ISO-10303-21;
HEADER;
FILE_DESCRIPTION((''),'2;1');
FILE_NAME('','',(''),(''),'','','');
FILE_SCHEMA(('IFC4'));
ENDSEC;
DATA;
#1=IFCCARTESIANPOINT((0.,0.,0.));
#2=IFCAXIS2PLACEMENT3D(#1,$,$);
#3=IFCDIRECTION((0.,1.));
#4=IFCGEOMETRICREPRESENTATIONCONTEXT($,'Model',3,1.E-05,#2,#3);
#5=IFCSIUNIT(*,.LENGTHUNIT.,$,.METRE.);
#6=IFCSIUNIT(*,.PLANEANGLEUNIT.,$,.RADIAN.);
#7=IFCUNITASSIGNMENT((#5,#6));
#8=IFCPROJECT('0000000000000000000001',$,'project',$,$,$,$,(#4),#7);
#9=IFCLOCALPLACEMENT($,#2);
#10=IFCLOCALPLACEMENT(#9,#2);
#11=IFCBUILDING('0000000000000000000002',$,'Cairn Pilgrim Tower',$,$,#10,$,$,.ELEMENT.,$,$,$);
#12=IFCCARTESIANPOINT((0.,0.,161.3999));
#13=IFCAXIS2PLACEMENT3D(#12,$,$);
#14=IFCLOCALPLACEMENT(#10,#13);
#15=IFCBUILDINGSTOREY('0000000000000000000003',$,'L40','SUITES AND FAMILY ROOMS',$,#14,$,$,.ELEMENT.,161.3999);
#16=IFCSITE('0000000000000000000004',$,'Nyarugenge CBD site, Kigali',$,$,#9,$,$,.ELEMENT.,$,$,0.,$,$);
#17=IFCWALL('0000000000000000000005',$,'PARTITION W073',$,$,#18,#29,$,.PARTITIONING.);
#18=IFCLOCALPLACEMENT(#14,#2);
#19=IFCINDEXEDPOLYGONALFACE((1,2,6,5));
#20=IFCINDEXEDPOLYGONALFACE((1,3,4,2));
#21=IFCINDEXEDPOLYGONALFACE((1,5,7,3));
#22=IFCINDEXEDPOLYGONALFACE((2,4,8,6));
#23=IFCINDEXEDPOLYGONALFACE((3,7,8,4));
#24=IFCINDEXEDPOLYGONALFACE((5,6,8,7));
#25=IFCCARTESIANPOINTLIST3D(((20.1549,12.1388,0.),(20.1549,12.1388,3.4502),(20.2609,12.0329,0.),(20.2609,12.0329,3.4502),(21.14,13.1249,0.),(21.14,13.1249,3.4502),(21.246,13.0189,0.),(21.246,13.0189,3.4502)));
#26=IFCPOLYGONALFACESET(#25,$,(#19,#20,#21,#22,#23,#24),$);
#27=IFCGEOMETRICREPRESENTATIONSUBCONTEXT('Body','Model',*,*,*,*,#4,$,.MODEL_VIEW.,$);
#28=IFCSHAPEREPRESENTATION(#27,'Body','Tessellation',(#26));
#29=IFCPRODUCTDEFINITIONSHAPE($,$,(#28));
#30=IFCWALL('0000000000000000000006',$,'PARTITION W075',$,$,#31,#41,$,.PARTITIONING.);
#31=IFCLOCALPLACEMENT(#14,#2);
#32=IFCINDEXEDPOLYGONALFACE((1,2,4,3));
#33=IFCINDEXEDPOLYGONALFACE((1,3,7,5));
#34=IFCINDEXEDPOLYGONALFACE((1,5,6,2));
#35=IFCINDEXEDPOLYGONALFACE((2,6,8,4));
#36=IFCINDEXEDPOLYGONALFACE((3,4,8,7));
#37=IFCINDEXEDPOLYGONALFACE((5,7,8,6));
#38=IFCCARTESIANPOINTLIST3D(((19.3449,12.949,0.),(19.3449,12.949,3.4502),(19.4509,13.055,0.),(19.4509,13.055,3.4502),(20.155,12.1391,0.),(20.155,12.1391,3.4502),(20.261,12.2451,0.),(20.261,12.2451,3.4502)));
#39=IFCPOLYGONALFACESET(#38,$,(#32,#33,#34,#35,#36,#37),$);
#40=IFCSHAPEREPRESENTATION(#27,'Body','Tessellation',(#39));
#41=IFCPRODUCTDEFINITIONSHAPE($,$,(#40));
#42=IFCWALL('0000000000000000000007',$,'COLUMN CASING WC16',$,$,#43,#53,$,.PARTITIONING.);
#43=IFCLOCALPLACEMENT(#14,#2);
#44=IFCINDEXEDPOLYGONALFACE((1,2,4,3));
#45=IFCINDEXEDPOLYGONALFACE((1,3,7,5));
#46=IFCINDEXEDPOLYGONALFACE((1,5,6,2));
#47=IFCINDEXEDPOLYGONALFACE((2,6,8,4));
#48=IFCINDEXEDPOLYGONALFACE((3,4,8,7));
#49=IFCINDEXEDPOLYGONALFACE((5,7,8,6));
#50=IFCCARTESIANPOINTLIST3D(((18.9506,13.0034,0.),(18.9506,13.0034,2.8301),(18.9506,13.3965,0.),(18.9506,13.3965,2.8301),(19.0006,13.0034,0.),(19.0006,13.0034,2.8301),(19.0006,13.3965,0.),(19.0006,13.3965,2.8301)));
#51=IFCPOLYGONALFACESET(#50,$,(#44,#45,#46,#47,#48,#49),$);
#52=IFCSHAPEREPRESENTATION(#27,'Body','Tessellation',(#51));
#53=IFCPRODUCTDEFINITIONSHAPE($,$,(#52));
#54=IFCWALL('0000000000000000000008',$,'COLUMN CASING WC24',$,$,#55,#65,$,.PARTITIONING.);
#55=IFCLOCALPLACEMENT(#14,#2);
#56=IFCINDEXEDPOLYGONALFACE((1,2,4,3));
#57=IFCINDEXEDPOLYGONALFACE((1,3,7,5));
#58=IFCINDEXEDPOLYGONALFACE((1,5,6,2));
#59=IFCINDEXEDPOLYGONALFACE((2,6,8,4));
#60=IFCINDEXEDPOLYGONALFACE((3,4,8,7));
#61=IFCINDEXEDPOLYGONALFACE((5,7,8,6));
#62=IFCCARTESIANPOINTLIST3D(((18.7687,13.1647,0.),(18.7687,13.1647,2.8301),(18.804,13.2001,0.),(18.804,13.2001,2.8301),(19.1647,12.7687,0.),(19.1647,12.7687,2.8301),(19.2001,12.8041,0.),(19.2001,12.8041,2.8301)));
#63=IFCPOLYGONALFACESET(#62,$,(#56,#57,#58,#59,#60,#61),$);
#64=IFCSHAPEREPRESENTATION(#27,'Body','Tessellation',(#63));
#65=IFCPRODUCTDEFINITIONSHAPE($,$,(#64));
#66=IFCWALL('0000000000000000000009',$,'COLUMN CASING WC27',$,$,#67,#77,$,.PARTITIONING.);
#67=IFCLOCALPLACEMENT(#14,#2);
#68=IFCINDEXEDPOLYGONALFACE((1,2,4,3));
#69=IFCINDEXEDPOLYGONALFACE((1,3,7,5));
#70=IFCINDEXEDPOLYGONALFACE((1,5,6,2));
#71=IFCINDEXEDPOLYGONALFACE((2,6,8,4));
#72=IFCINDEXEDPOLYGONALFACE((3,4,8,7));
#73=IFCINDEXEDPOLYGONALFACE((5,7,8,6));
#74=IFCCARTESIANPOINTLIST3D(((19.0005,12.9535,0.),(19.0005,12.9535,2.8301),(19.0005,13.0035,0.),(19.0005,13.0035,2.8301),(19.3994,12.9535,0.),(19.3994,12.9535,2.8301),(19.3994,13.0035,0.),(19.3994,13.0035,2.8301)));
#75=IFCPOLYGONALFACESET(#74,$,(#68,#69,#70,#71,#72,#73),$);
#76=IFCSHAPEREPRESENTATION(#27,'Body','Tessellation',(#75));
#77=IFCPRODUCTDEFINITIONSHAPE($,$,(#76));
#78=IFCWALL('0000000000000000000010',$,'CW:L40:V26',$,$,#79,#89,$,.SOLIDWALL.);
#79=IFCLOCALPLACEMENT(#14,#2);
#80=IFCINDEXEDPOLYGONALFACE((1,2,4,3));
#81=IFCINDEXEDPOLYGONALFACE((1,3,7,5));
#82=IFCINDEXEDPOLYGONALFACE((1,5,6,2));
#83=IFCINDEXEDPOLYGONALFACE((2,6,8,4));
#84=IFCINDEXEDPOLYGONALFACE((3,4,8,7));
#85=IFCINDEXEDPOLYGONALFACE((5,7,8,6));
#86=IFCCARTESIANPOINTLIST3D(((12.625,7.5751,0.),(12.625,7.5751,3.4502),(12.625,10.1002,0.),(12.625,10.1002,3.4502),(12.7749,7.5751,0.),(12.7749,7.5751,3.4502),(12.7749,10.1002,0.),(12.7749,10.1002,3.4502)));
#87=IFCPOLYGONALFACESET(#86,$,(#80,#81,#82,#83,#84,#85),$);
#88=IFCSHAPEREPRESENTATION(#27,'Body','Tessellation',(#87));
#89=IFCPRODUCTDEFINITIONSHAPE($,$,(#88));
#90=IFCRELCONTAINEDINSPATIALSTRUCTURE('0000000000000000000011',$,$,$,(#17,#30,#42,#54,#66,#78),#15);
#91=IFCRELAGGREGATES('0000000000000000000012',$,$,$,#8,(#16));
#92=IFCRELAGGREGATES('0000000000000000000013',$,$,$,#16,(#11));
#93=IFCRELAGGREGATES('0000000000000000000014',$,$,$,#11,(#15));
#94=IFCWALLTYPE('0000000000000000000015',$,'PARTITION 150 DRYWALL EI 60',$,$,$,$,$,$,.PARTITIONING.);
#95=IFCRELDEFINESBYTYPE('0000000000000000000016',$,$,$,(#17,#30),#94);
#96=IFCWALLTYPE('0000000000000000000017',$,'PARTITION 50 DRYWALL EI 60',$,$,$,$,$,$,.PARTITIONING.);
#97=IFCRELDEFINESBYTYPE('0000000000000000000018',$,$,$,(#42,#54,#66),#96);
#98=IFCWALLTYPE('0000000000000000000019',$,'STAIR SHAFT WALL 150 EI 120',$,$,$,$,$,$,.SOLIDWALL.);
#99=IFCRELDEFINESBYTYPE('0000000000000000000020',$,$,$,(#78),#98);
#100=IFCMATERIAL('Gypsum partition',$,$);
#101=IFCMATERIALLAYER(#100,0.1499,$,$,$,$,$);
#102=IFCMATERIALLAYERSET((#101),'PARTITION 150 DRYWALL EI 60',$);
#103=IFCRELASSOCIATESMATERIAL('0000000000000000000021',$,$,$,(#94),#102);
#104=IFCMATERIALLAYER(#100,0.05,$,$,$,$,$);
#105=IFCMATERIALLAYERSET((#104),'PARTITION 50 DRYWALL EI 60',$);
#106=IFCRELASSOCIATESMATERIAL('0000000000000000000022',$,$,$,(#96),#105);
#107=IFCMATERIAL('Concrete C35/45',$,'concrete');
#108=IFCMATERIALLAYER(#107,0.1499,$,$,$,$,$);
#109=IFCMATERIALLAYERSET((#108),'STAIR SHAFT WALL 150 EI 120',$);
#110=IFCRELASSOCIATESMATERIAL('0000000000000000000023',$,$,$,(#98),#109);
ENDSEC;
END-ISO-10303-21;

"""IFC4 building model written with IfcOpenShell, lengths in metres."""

from ifc_helpers import new_model, si_unit, direction, frame, frame_2d, origin, place, context, subcontext, project, spatial, rectangle, extrude, material, layer, layer_set, type_object, element, save


model = new_model("IFC4")

# Units and contexts
model_context = context("Model", 3, precision=1e-05, world=origin(), true_north=direction((0.0, 1.0)))
body_context = subcontext(model_context, "Body", "Model", "MODEL_VIEW")
ifc_project = project(units=[si_unit("LENGTHUNIT", "METRE"), si_unit("PLANEANGLEUNIT", "RADIAN")], contexts=[model_context])

# Site, building, storey
site_placement = place(None, origin())
site = spatial("IfcSite", under=ifc_project, at=site_placement, Name="Nyarugenge CBD site, Kigali", CompositionType="ELEMENT", RefElevation=0.0)
building_placement = place(site_placement, origin())
building = spatial("IfcBuilding", under=site, at=building_placement, Name="Cairn Pilgrim Tower", CompositionType="ELEMENT")
storey_placement = place(building_placement, frame((0.0, 0.0, 161.3999)))
storey = spatial("IfcBuildingStorey", under=building, at=storey_placement, Name="L40", Description="SUITES AND FAMILY ROOMS", CompositionType="ELEMENT", Elevation=161.3999)

# Shared definitions
ifc_material_1 = material(Name="Gypsum partition")
ifc_layer_1 = layer(ifc_material_1, 0.1499)
ifc_layer_set_1 = layer_set([ifc_layer_1], Name="PARTITION 150 DRYWALL EI 60")
wall_type_1 = type_object("IfcWallType", Name="PARTITION 150 DRYWALL EI 60", PredefinedType="PARTITIONING", material=ifc_layer_set_1)

# Walls
wall_1_placement = place(storey_placement, frame((20.208, 12.0859, 0.0), z_axis=(0.0, 0.0, 1.0), x_axis=(0.706756, 0.707457, 0.0)))
element("IfcWall", 1, at=wall_1_placement, inside=storey, type_object=wall_type_1, Name="PARTITION W073", PredefinedType="PARTITIONING", context=body_context, shape_type="SweptSolid", body=[
    extrude(rectangle(XDim=1.3938, YDim=0.1499, at=frame_2d((0.6968, 0.0))), origin(), (0.0, 0.0, 1.0), 3.4502),
])
wall_2_placement = place(storey_placement, frame((20.208, 12.1921, 0.0), z_axis=(0.0, 0.0, 1.0), x_axis=(-0.707213, 0.707, 0.0)))
element("IfcWall", 2, at=wall_2_placement, inside=storey, type_object=wall_type_1, Name="PARTITION W075", PredefinedType="PARTITIONING", context=body_context, shape_type="SweptSolid", body=[
    extrude(rectangle(XDim=1.1455, YDim=0.1499, at=frame_2d((0.5728, 0.0))), origin(), (0.0, 0.0, 1.0), 3.4502),
])
ifc_layer_2 = layer(ifc_material_1, 0.05)
ifc_layer_set_2 = layer_set([ifc_layer_2], Name="PARTITION 50 DRYWALL EI 60")
wall_type_2 = type_object("IfcWallType", Name="PARTITION 50 DRYWALL EI 60", PredefinedType="PARTITIONING", material=ifc_layer_set_2)
wall_3_placement = place(storey_placement, frame((18.9756, 13.0034, 0.0), z_axis=(0.0, 0.0, 1.0), x_axis=(0.0, 1.0, 0.0)))
element("IfcWall", 3, at=wall_3_placement, inside=storey, type_object=wall_type_2, Name="COLUMN CASING WC16", PredefinedType="PARTITIONING", context=body_context, shape_type="SweptSolid", body=[
    extrude(rectangle(XDim=0.3931, YDim=0.05, at=frame_2d((0.1965, 0.0))), origin(), (0.0, 0.0, 1.0), 2.8301),
])
wall_4_placement = place(storey_placement, frame((19.1824, 12.7864, 0.0), z_axis=(0.0, 0.0, 1.0), x_axis=(-0.707107, 0.707107, 0.0)))
element("IfcWall", 4, at=wall_4_placement, inside=storey, type_object=wall_type_2, Name="COLUMN CASING WC24", PredefinedType="PARTITIONING", context=body_context, shape_type="SweptSolid", body=[
    extrude(rectangle(XDim=0.5601, YDim=0.05, at=frame_2d((0.28, 0.0))), origin(), (0.0, 0.0, 1.0), 2.8301),
])
wall_5_placement = place(storey_placement, frame((19.0005, 12.9785, 0.0), z_axis=(0.0, 0.0, 1.0), x_axis=(1.0, 0.0, 0.0)))
element("IfcWall", 5, at=wall_5_placement, inside=storey, type_object=wall_type_2, Name="COLUMN CASING WC27", PredefinedType="PARTITIONING", context=body_context, shape_type="SweptSolid", body=[
    extrude(rectangle(XDim=0.3989, YDim=0.05, at=frame_2d((0.1995, 0.0))), origin(), (0.0, 0.0, 1.0), 2.8301),
])
ifc_material_2 = material(Name="Concrete C35/45", Category="concrete")
ifc_layer_3 = layer(ifc_material_2, 0.1499)
ifc_layer_set_3 = layer_set([ifc_layer_3], Name="STAIR SHAFT WALL 150 EI 120")
wall_type_3 = type_object("IfcWallType", Name="STAIR SHAFT WALL 150 EI 120", PredefinedType="SOLIDWALL", material=ifc_layer_set_3)
wall_6_placement = place(storey_placement, frame((12.7, 7.575, 0.0), z_axis=(0.0, 0.0, 1.0), x_axis=(0.0, 1.0, 0.0)))
element("IfcWall", 6, at=wall_6_placement, inside=storey, type_object=wall_type_3, Name="CW:L40:V26", PredefinedType="SOLIDWALL", context=body_context, shape_type="SweptSolid", body=[
    extrude(rectangle(XDim=2.5251, YDim=0.1499, at=frame_2d((1.2627, 0.0))), origin(), (0.0, 0.0, 1.0), 3.4502),
])

save(model, "model.ifc")
